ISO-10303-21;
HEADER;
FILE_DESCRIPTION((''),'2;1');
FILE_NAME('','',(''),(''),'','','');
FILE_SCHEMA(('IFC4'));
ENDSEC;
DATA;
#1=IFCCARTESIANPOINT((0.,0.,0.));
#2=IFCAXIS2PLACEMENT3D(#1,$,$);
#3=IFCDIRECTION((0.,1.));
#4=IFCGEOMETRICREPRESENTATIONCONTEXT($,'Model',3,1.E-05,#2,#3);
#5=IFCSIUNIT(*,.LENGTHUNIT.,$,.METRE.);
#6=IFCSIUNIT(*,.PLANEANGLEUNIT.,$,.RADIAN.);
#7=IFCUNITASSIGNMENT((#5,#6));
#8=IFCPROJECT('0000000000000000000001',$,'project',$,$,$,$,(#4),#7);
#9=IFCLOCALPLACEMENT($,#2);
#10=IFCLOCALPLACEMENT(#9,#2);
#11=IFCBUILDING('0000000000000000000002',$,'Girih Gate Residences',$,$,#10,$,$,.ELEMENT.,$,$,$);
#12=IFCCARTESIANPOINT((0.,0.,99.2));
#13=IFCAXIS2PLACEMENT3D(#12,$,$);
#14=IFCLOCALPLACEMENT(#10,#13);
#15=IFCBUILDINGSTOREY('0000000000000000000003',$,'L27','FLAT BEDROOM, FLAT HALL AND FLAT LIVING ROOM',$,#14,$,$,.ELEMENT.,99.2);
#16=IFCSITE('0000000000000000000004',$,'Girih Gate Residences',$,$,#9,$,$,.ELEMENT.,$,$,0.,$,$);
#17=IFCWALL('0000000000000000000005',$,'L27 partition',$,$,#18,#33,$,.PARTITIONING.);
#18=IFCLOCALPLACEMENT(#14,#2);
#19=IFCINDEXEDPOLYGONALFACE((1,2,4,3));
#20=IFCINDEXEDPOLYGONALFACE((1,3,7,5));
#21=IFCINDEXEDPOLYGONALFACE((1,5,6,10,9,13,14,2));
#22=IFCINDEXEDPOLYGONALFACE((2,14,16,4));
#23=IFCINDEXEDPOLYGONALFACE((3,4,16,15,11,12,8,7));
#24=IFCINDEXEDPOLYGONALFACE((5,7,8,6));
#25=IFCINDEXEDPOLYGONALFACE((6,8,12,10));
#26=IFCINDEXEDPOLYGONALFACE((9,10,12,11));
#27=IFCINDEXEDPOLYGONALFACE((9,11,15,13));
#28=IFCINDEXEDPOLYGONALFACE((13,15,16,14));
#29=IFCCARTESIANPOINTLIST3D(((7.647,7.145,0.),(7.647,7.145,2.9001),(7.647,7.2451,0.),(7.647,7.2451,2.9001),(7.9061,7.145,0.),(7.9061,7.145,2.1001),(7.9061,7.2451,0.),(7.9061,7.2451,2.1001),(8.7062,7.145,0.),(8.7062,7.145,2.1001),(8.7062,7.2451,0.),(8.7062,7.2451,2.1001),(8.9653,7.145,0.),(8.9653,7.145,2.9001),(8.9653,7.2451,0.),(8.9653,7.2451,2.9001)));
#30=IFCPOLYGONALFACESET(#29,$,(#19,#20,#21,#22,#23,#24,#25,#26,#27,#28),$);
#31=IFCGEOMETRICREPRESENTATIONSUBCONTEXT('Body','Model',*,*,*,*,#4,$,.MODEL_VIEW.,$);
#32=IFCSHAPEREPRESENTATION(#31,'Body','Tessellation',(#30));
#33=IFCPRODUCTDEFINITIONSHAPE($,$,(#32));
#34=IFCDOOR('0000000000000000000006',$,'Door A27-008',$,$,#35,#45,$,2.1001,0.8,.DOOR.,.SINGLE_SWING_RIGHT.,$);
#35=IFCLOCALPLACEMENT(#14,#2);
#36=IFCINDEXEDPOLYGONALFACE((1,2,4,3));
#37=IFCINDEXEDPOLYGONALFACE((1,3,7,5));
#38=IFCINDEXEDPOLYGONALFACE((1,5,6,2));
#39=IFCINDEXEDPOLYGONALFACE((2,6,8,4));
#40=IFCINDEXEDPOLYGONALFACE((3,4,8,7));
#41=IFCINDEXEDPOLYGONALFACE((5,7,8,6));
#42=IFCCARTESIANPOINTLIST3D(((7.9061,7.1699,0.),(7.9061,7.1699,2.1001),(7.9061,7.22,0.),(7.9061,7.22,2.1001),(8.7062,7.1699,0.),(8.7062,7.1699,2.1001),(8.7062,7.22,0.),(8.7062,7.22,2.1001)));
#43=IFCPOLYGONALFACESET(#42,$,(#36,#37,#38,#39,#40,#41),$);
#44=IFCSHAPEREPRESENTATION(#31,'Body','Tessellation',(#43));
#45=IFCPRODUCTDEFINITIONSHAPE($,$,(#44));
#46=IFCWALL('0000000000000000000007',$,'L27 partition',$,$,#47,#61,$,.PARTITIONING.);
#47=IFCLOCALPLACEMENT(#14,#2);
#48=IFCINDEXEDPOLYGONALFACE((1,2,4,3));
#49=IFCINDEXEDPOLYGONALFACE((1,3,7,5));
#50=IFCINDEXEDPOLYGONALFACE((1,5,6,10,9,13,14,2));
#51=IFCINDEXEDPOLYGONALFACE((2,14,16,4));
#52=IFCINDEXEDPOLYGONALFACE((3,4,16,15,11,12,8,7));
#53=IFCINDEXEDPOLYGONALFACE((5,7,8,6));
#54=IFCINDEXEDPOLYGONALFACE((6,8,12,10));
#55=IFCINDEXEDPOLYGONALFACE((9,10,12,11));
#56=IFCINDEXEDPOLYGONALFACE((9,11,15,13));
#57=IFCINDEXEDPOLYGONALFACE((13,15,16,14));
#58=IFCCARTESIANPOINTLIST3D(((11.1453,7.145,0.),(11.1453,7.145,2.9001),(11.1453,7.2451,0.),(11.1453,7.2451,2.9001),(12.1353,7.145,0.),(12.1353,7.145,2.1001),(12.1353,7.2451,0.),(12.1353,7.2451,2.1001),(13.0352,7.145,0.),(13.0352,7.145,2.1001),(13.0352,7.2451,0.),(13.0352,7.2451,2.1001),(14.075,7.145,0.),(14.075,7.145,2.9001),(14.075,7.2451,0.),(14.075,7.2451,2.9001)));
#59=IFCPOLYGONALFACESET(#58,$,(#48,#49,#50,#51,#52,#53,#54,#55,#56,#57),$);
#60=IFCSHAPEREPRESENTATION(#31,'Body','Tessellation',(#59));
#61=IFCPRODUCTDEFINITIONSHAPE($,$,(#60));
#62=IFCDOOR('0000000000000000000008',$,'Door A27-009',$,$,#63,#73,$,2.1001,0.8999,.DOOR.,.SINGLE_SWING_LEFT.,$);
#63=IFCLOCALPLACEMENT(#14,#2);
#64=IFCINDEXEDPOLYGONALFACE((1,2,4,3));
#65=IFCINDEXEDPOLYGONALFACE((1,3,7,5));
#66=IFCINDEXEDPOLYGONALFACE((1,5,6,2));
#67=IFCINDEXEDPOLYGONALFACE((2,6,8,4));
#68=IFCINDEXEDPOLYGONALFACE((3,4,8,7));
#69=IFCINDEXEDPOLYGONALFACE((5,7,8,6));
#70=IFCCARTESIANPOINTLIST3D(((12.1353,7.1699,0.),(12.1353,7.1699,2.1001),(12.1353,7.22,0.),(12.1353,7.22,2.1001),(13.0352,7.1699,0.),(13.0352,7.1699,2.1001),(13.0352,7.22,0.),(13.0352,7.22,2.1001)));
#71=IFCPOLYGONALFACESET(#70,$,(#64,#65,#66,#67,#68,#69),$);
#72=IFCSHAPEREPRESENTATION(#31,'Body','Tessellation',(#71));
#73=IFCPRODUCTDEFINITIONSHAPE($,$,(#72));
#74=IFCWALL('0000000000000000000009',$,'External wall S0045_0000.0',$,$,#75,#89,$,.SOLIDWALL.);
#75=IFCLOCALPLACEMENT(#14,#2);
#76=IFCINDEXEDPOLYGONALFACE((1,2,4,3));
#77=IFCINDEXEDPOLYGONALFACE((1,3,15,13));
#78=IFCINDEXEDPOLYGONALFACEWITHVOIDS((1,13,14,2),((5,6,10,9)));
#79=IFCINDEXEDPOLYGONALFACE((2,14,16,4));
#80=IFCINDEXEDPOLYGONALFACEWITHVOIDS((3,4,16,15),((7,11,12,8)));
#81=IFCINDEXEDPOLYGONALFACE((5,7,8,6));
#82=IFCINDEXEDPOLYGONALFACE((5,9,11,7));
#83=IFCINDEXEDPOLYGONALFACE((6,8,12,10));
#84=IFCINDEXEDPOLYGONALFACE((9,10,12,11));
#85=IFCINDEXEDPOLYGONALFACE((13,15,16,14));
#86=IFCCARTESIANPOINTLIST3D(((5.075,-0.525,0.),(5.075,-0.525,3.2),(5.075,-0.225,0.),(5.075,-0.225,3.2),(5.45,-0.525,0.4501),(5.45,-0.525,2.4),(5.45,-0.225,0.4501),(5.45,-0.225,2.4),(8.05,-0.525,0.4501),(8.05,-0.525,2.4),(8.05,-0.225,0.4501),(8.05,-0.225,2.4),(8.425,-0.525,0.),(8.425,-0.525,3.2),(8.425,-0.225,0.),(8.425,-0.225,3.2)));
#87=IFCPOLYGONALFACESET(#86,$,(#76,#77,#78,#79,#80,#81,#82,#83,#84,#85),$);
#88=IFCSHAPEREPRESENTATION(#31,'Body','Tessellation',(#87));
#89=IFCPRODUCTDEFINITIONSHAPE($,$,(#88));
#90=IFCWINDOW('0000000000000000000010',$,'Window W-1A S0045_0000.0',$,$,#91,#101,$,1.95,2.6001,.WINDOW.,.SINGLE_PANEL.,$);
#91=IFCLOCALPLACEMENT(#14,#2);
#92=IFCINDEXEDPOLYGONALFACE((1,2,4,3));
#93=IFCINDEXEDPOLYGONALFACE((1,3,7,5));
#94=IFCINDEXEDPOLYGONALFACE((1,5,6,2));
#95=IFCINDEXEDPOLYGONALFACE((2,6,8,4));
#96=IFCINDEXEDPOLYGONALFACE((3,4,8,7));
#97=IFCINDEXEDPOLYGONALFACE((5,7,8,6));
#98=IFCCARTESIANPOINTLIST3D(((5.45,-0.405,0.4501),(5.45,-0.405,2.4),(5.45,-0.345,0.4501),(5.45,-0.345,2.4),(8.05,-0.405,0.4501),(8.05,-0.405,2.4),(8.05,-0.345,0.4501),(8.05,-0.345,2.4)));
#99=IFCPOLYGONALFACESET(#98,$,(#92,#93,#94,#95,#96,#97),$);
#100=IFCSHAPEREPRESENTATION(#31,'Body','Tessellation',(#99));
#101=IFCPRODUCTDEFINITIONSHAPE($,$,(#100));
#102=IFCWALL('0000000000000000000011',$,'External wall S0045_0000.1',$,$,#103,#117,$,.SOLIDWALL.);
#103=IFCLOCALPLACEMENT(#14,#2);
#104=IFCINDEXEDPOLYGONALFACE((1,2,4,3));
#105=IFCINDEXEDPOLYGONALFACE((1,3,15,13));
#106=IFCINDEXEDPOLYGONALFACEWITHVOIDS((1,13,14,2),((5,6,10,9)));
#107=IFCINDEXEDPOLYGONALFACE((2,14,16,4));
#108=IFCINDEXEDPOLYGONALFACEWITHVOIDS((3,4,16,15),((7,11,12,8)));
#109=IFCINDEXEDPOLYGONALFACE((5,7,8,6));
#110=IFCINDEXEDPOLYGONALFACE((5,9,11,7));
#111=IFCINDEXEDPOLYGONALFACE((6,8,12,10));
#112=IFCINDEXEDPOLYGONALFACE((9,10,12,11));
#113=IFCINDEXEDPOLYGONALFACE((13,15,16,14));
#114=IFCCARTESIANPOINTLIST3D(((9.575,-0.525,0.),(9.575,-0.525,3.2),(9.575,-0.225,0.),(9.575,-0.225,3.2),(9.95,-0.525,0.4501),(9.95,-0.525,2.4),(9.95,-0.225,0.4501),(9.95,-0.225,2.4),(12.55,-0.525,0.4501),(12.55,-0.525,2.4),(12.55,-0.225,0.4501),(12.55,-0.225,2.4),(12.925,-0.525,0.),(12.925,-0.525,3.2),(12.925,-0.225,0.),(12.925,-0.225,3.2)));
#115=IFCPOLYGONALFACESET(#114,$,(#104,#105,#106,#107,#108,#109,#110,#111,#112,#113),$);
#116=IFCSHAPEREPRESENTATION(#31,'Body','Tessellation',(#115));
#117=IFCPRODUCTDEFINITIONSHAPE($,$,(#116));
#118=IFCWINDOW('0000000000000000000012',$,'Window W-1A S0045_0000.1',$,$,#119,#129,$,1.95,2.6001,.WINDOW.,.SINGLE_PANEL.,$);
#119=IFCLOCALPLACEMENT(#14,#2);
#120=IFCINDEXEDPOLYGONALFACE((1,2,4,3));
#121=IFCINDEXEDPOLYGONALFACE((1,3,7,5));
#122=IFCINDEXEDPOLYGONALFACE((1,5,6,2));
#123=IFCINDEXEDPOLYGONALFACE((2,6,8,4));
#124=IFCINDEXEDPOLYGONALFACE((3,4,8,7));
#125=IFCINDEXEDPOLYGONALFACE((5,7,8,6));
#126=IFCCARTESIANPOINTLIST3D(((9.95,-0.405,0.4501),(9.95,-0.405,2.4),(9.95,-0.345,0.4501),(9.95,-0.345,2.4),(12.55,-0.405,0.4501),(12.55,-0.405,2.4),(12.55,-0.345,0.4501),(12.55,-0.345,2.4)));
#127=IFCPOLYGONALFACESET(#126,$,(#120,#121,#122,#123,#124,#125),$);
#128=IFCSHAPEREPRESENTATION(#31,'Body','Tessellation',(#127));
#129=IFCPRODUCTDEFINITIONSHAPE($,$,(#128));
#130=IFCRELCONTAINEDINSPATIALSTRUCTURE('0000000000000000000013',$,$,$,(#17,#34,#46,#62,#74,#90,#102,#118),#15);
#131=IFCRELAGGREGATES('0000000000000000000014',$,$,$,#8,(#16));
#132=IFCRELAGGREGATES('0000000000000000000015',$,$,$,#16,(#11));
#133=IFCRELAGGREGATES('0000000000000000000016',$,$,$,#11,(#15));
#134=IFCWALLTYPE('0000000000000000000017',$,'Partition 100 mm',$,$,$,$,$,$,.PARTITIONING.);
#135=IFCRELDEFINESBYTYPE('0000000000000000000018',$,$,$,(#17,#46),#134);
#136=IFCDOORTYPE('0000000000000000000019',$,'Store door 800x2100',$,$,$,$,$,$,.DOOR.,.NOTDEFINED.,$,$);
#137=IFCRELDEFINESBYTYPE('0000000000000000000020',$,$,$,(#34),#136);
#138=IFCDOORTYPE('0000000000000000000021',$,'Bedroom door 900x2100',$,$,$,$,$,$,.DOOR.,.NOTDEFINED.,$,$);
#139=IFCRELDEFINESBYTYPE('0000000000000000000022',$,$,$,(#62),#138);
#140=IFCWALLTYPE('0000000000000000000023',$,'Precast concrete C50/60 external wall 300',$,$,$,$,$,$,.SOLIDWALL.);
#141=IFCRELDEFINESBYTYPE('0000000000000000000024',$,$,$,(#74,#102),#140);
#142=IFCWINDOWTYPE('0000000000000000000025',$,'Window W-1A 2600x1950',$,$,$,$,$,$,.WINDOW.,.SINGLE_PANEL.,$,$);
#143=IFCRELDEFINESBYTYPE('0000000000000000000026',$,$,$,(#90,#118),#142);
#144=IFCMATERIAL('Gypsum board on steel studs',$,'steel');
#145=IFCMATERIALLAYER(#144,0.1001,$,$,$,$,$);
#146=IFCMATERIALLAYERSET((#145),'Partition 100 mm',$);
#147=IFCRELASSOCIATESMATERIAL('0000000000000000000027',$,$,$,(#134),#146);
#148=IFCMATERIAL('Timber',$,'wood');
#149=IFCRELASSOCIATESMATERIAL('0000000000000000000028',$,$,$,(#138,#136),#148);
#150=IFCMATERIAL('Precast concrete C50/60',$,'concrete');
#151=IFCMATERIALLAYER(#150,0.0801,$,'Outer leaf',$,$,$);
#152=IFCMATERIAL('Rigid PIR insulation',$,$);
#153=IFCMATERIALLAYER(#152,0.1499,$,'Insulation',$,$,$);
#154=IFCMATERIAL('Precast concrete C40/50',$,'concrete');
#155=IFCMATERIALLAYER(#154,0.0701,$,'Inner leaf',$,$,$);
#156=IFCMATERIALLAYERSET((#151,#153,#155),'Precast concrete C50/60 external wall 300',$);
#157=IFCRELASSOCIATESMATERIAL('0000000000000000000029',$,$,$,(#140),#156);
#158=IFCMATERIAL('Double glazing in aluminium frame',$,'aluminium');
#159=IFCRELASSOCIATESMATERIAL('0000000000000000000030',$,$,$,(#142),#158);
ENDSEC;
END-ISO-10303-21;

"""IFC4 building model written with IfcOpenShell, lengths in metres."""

from ifc_helpers import new_model, si_unit, direction, frame, frame_2d, origin, place, context, subcontext, project, spatial, rectangle, extrude, material, layer, layer_set, type_object, element, fill, save


model = new_model("IFC4")

# Units and contexts
model_context = context("Model", 3, precision=1e-05, world=origin(), true_north=direction((0.0, 1.0)))
body_context = subcontext(model_context, "Body", "Model", "MODEL_VIEW")
ifc_project = project(units=[si_unit("LENGTHUNIT", "METRE"), si_unit("PLANEANGLEUNIT", "RADIAN")], contexts=[model_context])

# Site, building, storey
site_placement = place(None, origin())
site = spatial("IfcSite", under=ifc_project, at=site_placement, Name="Girih Gate Residences", CompositionType="ELEMENT", RefElevation=0.0)
building_placement = place(site_placement, origin())
building = spatial("IfcBuilding", under=site, at=building_placement, Name="Girih Gate Residences", CompositionType="ELEMENT")
storey_placement = place(building_placement, frame((0.0, 0.0, 99.2)))
storey = spatial("IfcBuildingStorey", under=building, at=storey_placement, Name="L27", Description="FLAT BEDROOM, FLAT HALL AND FLAT LIVING ROOM", CompositionType="ELEMENT", Elevation=99.2)

# Shared definitions
ifc_material_1 = material(Name="Gypsum board on steel studs", Category="steel")
ifc_layer_1 = layer(ifc_material_1, 0.1001)
ifc_layer_set_1 = layer_set([ifc_layer_1], Name="Partition 100 mm")
wall_type_1 = type_object("IfcWallType", Name="Partition 100 mm", PredefinedType="PARTITIONING", material=ifc_layer_set_1)

# Shared definitions
ifc_material_2 = material(Name="Timber", Category="wood")
door_type_1 = type_object("IfcDoorType", Name="Bedroom door 900x2100", OperationType="NOTDEFINED", PredefinedType="DOOR", material=ifc_material_2)

# Walls, openings, doors
door_type_2 = type_object("IfcDoorType", Name="Store door 800x2100", OperationType="NOTDEFINED", PredefinedType="DOOR", material=ifc_material_2)
wall_1_placement = place(storey_placement, frame((7.647, 7.1951, 0.0), z_axis=(0.0, 0.0, 1.0), x_axis=(1.0, 0.0, 0.0)))
wall_1 = element("IfcWall", 1, at=wall_1_placement, inside=storey, type_object=wall_type_1, Name="L27 partition", PredefinedType="PARTITIONING", context=body_context, shape_type="SweptSolid", body=[
    extrude(rectangle(XDim=1.3184, YDim=0.1001, at=frame_2d((0.6592, 0.0))), origin(), (0.0, 0.0, 1.0), 2.9001),
])
opening_1_placement = place(wall_1_placement, frame((0.2593, 0.0, 0.0)))
opening_1 = element("IfcOpeningElement", 2, at=opening_1_placement, cuts=wall_1, PredefinedType="OPENING", context=body_context, shape_type="SweptSolid", body=[
    extrude(rectangle(XDim=0.8, YDim=2.1001, at=frame_2d((0.3999, 1.05))), frame((0.0, 0.0601, 0.0), z_axis=(0.0, -1.0, 0.0), x_axis=(1.0, 0.0, 0.0)), (0.0, 0.0, 1.0), 0.1201),
])
door_1_placement = place(opening_1_placement, origin())
door_1 = element("IfcDoor", 3, at=door_1_placement, inside=storey, type_object=door_type_2, Name="Door A27-008", OperationType="SINGLE_SWING_RIGHT", OverallHeight=2.1001, OverallWidth=0.8, PredefinedType="DOOR", context=body_context, shape_type="SweptSolid", body=[
    extrude(rectangle(XDim=0.8, YDim=2.1001, at=frame_2d((0.3999, 1.05))), frame((0.0, 0.0249, 0.0), z_axis=(0.0, -1.0, 0.0), x_axis=(1.0, 0.0, 0.0)), (0.0, 0.0, 1.0), 0.05),
])
fill(opening_1, door_1)
wall_2_placement = place(storey_placement, frame((11.1453, 7.1951, 0.0), z_axis=(0.0, 0.0, 1.0), x_axis=(1.0, 0.0, 0.0)))
wall_2 = element("IfcWall", 4, at=wall_2_placement, inside=storey, type_object=wall_type_1, Name="L27 partition", PredefinedType="PARTITIONING", context=body_context, shape_type="SweptSolid", body=[
    extrude(rectangle(XDim=2.9297, YDim=0.1001, at=frame_2d((1.4648, 0.0))), origin(), (0.0, 0.0, 1.0), 2.9001),
])
opening_2_placement = place(wall_2_placement, frame((0.99, 0.0, 0.0)))
opening_2 = element("IfcOpeningElement", 5, at=opening_2_placement, cuts=wall_2, PredefinedType="OPENING", context=body_context, shape_type="SweptSolid", body=[
    extrude(rectangle(XDim=0.8999, YDim=2.1001, at=frame_2d((0.45, 1.05))), frame((0.0, 0.0601, 0.0), z_axis=(0.0, -1.0, 0.0), x_axis=(1.0, 0.0, 0.0)), (0.0, 0.0, 1.0), 0.1201),
])
door_2_placement = place(opening_2_placement, origin())
door_2 = element("IfcDoor", 6, at=door_2_placement, inside=storey, type_object=door_type_1, Name="Door A27-009", OperationType="SINGLE_SWING_LEFT", OverallHeight=2.1001, OverallWidth=0.8999, PredefinedType="DOOR", context=body_context, shape_type="SweptSolid", body=[
    extrude(rectangle(XDim=0.8999, YDim=2.1001, at=frame_2d((0.45, 1.05))), frame((0.0, 0.0249, 0.0), z_axis=(0.0, -1.0, 0.0), x_axis=(1.0, 0.0, 0.0)), (0.0, 0.0, 1.0), 0.05),
])
fill(opening_2, door_2)

# Walls, openings, windows
ifc_material_3 = material(Name="Precast concrete C50/60", Category="concrete")
ifc_layer_2 = layer(ifc_material_3, 0.0801, Name="Outer leaf")
ifc_material_4 = material(Name="Rigid PIR insulation")
ifc_layer_3 = layer(ifc_material_4, 0.1499, Name="Insulation")
ifc_material_5 = material(Name="Precast concrete C40/50", Category="concrete")
ifc_layer_4 = layer(ifc_material_5, 0.0701, Name="Inner leaf")
ifc_layer_set_2 = layer_set([ifc_layer_2, ifc_layer_3, ifc_layer_4], Name="Precast concrete C50/60 external wall 300")
wall_type_2 = type_object("IfcWallType", Name="Precast concrete C50/60 external wall 300", PredefinedType="SOLIDWALL", material=ifc_layer_set_2)
wall_3_placement = place(storey_placement, frame((8.425, -0.375, 0.0), z_axis=(0.0, 0.0, 1.0), x_axis=(-1.0, 0.0, 0.0)))
wall_3 = element("IfcWall", 7, at=wall_3_placement, inside=storey, type_object=wall_type_2, Name="External wall S0045_0000.0", PredefinedType="SOLIDWALL", context=body_context, shape_type="SweptSolid", body=[
    extrude(rectangle(XDim=3.3501, YDim=0.3, at=frame_2d((1.675, 0.0))), origin(), (0.0, 0.0, 1.0), 3.2),
])
opening_3_placement = place(wall_3_placement, frame((0.375, 0.0, 0.45)))
opening_3 = element("IfcOpeningElement", 8, at=opening_3_placement, cuts=wall_3, PredefinedType="OPENING", context=body_context, shape_type="SweptSolid", body=[
    extrude(rectangle(XDim=2.6001, YDim=1.95, at=frame_2d((1.3, 0.9751))), frame((0.0, 0.1599, 0.0), z_axis=(0.0, -1.0, 0.0), x_axis=(1.0, 0.0, 0.0)), (0.0, 0.0, 1.0), 0.3201),
])
ifc_material_6 = material(Name="Double glazing in aluminium frame", Category="aluminium")
window_type = type_object("IfcWindowType", Name="Window W-1A 2600x1950", PartitioningType="SINGLE_PANEL", PredefinedType="WINDOW", material=ifc_material_6)
window_1_placement = place(opening_3_placement, origin())
window_1 = element("IfcWindow", 9, at=window_1_placement, inside=storey, type_object=window_type, Name="Window W-1A S0045_0000.0", OverallHeight=1.95, OverallWidth=2.6001, PartitioningType="SINGLE_PANEL", PredefinedType="WINDOW", context=body_context, shape_type="SweptSolid", body=[
    extrude(rectangle(XDim=2.6001, YDim=1.95, at=frame_2d((1.3, 0.9751))), frame((0.0, 0.03, 0.0), z_axis=(0.0, -1.0, 0.0), x_axis=(1.0, 0.0, 0.0)), (0.0, 0.0, 1.0), 0.0601),
])
fill(opening_3, window_1)
wall_4_placement = place(storey_placement, frame((12.925, -0.375, 0.0), z_axis=(0.0, 0.0, 1.0), x_axis=(-1.0, 0.0, 0.0)))
wall_4 = element("IfcWall", 10, at=wall_4_placement, inside=storey, type_object=wall_type_2, Name="External wall S0045_0000.1", PredefinedType="SOLIDWALL", context=body_context, shape_type="SweptSolid", body=[
    extrude(rectangle(XDim=3.3501, YDim=0.3, at=frame_2d((1.675, 0.0))), origin(), (0.0, 0.0, 1.0), 3.2),
])
opening_4_placement = place(wall_4_placement, frame((0.375, 0.0, 0.45)))
opening_4 = element("IfcOpeningElement", 11, at=opening_4_placement, cuts=wall_4, PredefinedType="OPENING", context=body_context, shape_type="SweptSolid", body=[
    extrude(rectangle(XDim=2.6001, YDim=1.95, at=frame_2d((1.3, 0.9751))), frame((0.0, 0.1599, 0.0), z_axis=(0.0, -1.0, 0.0), x_axis=(1.0, 0.0, 0.0)), (0.0, 0.0, 1.0), 0.3201),
])
window_2_placement = place(opening_4_placement, origin())
window_2 = element("IfcWindow", 12, at=window_2_placement, inside=storey, type_object=window_type, Name="Window W-1A S0045_0000.1", OverallHeight=1.95, OverallWidth=2.6001, PartitioningType="SINGLE_PANEL", PredefinedType="WINDOW", context=body_context, shape_type="SweptSolid", body=[
    extrude(rectangle(XDim=2.6001, YDim=1.95, at=frame_2d((1.3, 0.9751))), frame((0.0, 0.03, 0.0), z_axis=(0.0, -1.0, 0.0), x_axis=(1.0, 0.0, 0.0)), (0.0, 0.0, 1.0), 0.0601),
])
fill(opening_4, window_2)

save(model, "model.ifc")
